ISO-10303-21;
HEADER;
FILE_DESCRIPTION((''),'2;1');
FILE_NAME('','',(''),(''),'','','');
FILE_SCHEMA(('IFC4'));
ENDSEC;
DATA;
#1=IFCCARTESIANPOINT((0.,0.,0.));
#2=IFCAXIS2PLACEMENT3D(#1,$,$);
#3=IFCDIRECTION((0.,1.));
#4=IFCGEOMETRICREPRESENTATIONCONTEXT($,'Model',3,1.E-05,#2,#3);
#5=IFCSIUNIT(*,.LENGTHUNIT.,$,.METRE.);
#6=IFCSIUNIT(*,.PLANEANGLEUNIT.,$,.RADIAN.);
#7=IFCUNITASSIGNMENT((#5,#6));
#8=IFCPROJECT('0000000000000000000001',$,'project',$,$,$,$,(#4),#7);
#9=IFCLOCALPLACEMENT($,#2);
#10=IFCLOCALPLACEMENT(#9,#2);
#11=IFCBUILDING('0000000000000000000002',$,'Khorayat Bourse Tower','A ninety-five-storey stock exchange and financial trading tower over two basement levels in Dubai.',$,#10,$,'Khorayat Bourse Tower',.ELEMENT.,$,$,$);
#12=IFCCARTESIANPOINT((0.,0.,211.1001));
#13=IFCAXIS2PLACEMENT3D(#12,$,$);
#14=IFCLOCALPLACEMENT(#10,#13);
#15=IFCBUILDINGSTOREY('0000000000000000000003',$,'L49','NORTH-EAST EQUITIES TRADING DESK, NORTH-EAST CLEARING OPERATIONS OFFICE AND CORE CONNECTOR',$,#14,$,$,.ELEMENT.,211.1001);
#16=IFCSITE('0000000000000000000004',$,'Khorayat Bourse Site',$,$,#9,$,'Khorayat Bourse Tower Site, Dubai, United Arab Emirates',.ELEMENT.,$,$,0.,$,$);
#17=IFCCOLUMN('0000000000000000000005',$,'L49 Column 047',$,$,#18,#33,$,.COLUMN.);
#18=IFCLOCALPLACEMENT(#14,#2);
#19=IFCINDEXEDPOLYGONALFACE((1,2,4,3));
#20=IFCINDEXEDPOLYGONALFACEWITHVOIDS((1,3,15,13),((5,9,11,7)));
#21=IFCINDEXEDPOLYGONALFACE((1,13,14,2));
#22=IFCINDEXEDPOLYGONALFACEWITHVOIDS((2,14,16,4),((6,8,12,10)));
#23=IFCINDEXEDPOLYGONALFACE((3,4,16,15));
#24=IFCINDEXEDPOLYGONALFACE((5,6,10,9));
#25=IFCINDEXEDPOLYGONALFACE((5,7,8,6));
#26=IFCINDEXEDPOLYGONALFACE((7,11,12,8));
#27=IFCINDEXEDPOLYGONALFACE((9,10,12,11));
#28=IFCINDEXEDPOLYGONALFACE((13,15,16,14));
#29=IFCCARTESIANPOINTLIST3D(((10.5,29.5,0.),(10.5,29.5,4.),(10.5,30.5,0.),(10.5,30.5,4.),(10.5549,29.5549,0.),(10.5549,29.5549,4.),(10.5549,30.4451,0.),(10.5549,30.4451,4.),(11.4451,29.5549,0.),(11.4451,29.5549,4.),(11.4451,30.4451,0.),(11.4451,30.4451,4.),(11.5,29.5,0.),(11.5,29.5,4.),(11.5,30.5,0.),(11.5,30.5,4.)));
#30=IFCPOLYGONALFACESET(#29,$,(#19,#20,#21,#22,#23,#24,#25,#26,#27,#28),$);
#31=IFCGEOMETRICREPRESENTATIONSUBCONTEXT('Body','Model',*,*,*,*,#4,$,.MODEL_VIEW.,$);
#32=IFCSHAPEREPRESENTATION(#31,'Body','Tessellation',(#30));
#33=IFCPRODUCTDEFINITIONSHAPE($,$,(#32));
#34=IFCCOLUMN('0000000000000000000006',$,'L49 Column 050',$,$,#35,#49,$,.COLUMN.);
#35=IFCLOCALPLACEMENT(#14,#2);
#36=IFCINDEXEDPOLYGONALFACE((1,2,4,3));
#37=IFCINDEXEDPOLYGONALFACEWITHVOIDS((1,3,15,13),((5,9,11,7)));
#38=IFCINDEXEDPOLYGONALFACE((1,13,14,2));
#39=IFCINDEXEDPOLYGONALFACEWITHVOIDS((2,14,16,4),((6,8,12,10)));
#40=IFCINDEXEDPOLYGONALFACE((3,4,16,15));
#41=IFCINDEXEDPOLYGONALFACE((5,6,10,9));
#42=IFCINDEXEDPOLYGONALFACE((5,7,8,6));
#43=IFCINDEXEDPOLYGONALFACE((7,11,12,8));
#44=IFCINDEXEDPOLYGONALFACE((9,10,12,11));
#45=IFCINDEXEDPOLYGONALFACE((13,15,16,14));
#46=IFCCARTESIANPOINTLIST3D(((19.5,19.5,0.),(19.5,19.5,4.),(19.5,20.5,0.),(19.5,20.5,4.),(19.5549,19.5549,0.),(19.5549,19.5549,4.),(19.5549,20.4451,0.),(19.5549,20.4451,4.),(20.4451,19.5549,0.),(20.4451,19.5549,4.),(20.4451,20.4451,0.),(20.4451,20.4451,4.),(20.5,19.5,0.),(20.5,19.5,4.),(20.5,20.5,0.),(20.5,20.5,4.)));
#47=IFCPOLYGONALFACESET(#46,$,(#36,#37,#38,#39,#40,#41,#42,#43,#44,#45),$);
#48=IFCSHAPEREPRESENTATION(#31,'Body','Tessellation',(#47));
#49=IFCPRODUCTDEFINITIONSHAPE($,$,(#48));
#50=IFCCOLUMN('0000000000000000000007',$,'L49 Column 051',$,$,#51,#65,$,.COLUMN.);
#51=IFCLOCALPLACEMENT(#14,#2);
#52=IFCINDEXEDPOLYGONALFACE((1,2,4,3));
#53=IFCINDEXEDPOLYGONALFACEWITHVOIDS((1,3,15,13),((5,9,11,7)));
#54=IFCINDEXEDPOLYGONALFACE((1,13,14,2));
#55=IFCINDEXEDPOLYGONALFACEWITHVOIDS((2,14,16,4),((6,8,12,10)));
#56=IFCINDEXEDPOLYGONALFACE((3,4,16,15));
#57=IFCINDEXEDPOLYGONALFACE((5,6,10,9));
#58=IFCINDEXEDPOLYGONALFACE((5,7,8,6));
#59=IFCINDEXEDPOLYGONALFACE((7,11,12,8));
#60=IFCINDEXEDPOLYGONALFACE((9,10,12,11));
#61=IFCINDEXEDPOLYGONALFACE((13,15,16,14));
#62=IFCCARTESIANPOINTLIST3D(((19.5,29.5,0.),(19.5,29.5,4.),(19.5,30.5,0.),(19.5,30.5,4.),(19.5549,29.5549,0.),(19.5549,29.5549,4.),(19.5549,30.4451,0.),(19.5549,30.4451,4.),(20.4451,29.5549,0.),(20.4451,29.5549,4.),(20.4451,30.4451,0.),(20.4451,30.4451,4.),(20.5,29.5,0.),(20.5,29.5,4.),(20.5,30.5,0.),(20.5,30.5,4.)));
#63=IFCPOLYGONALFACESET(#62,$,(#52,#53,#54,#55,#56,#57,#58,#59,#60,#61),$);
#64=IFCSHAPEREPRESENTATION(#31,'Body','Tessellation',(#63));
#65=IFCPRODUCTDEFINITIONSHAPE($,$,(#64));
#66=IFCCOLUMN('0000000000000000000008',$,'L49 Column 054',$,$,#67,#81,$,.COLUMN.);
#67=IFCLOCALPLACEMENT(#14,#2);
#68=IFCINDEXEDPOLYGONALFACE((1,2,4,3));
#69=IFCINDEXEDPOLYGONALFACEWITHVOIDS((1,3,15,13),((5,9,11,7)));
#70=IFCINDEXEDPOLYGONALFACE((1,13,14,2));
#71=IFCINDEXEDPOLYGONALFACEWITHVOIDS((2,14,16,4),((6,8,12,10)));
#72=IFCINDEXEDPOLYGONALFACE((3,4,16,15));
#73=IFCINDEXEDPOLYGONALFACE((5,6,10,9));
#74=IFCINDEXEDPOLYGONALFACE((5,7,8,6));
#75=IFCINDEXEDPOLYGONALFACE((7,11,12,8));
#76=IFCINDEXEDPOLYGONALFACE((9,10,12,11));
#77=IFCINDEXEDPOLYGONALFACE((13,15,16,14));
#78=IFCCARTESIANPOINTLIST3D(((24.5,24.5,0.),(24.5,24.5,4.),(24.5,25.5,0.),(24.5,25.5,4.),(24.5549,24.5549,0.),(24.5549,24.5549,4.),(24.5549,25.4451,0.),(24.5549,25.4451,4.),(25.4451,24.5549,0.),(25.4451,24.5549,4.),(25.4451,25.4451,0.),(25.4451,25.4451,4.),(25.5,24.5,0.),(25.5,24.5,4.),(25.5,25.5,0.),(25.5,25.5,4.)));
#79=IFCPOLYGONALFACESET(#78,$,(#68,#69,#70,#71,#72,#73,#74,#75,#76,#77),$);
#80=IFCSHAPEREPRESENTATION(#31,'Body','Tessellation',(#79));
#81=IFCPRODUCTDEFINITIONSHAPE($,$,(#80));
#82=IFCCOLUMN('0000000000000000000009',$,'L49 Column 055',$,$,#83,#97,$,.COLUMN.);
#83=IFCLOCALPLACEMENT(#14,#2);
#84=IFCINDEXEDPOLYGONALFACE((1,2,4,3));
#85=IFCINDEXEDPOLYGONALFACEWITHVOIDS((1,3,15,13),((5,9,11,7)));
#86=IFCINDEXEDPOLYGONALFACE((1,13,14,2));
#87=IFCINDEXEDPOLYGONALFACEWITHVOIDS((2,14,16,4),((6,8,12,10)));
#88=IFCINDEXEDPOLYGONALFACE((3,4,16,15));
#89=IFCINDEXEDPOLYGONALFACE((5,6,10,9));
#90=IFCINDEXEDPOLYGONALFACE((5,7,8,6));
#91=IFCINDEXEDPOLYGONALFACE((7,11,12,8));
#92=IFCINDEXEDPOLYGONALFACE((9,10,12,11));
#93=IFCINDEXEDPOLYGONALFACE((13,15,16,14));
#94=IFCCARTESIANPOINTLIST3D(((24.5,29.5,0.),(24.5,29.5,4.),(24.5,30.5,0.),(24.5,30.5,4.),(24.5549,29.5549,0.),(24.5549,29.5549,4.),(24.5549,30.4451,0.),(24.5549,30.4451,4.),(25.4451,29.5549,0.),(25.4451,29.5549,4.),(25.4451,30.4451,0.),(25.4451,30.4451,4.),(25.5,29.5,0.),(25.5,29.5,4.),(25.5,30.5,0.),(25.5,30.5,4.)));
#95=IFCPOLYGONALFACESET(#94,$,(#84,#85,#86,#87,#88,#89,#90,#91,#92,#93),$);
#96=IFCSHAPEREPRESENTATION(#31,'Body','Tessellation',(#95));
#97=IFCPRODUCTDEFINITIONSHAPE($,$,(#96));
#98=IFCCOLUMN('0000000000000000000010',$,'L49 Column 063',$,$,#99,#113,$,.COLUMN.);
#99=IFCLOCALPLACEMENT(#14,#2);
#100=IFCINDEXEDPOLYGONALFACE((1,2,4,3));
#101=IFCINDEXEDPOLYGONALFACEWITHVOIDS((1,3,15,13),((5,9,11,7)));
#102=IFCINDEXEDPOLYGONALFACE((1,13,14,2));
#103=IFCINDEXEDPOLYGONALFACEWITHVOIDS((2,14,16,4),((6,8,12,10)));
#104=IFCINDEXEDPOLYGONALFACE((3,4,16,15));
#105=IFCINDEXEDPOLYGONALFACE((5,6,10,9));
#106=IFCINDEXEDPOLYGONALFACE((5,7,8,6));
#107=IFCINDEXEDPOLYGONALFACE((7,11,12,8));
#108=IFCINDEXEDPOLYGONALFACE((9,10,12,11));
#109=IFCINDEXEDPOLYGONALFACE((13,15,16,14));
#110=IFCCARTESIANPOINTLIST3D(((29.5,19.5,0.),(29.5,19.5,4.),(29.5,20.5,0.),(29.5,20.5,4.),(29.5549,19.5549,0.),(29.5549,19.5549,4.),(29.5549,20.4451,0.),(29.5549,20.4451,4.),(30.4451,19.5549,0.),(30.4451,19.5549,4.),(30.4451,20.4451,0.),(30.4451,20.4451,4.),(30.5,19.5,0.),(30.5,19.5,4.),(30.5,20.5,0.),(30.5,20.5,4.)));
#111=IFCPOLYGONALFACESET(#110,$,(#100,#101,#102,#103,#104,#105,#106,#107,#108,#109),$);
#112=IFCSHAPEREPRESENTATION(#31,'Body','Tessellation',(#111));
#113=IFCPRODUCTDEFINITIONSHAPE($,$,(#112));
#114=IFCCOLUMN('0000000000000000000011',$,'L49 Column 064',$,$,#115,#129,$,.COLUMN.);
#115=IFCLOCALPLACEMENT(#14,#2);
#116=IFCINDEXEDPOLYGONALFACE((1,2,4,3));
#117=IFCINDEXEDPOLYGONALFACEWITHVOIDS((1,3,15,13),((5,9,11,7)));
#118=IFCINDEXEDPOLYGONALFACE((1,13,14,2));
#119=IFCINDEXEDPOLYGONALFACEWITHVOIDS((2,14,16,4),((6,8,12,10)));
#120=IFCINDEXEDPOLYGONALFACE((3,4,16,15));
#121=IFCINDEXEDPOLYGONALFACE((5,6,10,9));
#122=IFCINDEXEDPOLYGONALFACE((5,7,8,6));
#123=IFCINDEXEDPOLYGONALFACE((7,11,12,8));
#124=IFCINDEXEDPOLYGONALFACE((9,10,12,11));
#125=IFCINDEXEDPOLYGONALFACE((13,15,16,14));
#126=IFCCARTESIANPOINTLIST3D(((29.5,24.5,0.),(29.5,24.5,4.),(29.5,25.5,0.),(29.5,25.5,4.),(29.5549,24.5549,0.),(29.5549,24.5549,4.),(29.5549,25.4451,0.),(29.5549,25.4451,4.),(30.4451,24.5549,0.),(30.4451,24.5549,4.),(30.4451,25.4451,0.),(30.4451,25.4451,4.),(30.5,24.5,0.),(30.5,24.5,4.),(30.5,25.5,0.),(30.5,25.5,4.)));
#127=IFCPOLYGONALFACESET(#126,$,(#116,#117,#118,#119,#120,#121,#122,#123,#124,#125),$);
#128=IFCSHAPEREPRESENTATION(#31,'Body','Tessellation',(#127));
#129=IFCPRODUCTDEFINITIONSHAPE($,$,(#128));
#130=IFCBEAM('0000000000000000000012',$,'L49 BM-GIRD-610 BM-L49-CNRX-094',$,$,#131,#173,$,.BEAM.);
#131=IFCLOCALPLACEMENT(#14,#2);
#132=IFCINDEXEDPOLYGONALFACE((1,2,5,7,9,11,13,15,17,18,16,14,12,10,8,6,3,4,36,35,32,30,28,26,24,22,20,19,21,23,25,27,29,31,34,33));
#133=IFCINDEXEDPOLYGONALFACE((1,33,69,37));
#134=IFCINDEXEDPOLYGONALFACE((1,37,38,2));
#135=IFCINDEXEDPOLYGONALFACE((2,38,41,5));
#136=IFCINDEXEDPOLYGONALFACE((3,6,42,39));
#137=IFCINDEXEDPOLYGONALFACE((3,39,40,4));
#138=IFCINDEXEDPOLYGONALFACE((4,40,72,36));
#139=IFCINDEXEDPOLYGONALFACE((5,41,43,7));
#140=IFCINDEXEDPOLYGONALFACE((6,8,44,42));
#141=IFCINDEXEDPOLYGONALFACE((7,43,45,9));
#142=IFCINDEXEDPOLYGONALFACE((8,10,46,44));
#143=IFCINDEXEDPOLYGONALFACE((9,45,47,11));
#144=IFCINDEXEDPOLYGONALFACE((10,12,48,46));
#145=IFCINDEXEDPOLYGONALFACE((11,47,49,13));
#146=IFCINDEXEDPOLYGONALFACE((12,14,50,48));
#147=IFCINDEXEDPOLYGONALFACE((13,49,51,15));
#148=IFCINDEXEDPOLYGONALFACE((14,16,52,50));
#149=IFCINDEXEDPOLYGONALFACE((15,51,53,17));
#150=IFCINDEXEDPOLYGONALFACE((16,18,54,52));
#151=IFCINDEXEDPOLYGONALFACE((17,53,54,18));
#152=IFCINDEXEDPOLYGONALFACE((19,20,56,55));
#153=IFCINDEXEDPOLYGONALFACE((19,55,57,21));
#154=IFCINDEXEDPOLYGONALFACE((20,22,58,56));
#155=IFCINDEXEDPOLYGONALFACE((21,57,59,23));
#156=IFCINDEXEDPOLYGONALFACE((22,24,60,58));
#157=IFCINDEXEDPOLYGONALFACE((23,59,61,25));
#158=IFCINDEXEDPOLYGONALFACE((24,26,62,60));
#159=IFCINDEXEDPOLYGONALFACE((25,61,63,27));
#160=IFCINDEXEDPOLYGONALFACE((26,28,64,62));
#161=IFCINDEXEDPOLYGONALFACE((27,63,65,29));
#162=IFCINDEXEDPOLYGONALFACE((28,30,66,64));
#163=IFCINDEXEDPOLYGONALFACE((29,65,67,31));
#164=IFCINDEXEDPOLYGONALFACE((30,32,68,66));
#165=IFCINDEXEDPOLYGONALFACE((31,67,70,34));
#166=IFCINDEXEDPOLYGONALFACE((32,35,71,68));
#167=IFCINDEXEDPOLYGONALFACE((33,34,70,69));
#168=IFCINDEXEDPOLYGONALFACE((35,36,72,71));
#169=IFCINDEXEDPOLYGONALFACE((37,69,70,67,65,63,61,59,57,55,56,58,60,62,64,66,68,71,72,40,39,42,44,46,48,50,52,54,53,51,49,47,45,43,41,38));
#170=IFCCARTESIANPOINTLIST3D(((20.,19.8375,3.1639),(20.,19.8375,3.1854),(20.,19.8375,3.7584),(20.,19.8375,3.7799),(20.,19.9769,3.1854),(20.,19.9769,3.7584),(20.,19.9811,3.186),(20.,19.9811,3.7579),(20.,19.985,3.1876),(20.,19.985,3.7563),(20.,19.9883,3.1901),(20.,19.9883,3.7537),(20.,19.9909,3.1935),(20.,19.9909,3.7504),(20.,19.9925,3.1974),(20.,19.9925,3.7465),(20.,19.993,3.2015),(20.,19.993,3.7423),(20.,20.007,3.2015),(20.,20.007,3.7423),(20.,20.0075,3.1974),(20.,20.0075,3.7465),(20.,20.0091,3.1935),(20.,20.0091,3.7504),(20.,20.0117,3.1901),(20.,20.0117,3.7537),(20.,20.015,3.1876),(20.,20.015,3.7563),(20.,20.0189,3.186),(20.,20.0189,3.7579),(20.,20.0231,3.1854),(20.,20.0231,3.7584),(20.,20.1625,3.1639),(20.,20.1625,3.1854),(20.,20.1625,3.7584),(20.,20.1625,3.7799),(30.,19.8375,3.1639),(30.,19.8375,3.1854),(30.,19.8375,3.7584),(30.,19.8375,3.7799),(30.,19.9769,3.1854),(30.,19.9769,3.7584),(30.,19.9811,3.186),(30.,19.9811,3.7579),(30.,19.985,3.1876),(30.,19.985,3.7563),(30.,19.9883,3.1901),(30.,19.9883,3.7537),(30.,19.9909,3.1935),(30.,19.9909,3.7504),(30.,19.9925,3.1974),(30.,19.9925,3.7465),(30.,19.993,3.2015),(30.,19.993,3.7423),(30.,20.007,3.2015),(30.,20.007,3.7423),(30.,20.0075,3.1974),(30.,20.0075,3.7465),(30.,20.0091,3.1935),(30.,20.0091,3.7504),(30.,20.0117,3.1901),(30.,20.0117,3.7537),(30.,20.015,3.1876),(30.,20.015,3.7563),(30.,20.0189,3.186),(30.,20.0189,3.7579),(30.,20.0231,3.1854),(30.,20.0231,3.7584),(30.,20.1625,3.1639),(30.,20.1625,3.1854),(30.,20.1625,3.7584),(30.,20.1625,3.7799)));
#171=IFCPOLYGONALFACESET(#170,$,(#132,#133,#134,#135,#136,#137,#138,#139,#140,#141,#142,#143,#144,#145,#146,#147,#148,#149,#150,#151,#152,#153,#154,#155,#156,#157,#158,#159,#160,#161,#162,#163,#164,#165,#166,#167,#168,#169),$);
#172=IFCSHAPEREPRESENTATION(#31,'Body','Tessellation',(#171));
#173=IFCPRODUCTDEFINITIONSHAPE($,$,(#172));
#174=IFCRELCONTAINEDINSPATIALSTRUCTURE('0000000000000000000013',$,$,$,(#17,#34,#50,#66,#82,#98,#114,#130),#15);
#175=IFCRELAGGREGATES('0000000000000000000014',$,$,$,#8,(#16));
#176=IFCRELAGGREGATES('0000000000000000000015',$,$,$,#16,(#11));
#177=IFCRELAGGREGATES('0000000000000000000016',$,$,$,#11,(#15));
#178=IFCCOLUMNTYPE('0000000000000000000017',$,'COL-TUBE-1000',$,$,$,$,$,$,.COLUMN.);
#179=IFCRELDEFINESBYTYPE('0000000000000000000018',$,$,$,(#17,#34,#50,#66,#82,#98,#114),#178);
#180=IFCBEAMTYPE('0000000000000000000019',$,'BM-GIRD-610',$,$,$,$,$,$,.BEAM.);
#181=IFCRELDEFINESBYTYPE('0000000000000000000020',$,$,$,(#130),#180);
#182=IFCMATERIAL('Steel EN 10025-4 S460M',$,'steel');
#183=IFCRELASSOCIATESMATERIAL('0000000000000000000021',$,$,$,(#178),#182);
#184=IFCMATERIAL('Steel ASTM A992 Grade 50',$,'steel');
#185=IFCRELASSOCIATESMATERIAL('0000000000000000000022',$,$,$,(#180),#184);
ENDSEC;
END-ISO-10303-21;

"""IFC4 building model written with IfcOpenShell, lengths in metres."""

from ifc_helpers import new_model, si_unit, direction, frame, origin, origin_2d, place, context, subcontext, project, spatial, hollow_rectangle, i_section, extrude, source, transform, mapped, material, material_profile, profile_set, type_object, element, save


model = new_model("IFC4")

# Units and contexts
model_context = context("Model", 3, precision=1e-05, world=origin(), true_north=direction((0.0, 1.0)))
body_context = subcontext(model_context, "Body", "Model", "MODEL_VIEW")
ifc_project = project(units=[si_unit("LENGTHUNIT", "METRE"), si_unit("PLANEANGLEUNIT", "RADIAN")], contexts=[model_context])

# Site, building, storey
site_placement = place(None, origin())
site = spatial("IfcSite", under=ifc_project, at=site_placement, Name="Khorayat Bourse Site", LongName="Khorayat Bourse Tower Site, Dubai, United Arab Emirates", CompositionType="ELEMENT", RefElevation=0.0)
building_placement = place(site_placement, origin())
building = spatial("IfcBuilding", under=site, at=building_placement, Name="Khorayat Bourse Tower", Description="A ninety-five-storey stock exchange and financial trading tower over two basement levels in Dubai.", LongName="Khorayat Bourse Tower", CompositionType="ELEMENT")
storey_placement = place(building_placement, frame((0.0, 0.0, 211.1001)))
storey = spatial("IfcBuildingStorey", under=building, at=storey_placement, Name="L49", Description="NORTH-EAST EQUITIES TRADING DESK, NORTH-EAST CLEARING OPERATIONS OFFICE AND CORE CONNECTOR", CompositionType="ELEMENT", Elevation=211.1001)

# Columns
ifc_material_1 = material(Name="Steel EN 10025-4 S460M", Category="steel")
ifc_material_profile_1 = material_profile(ifc_material_1, hollow_rectangle(XDim=1.0, YDim=1.0, WallThickness=0.0549, at=origin_2d()), Name="BOX 1000x1000x55")
ifc_profile_set_1 = profile_set([ifc_material_profile_1], Name="Steel EN 10025-4 S460M")
column_type = type_object("IfcColumnType", Name="COL-TUBE-1000", PredefinedType="COLUMN", material=ifc_profile_set_1)
shared_shape_1 = source(origin(), body_context, "Body", "SweptSolid", [
    extrude(hollow_rectangle(XDim=1.0, YDim=1.0, WallThickness=0.0549, at=origin_2d()), origin(), (0.0, 0.0, 1.0), 4.0),
])
for number, where, z_axis, x_axis, name in (
    (1, (11.0, 30.0, 0.0), (0.0, 0.0, 1.0), (1.0, 0.0, 0.0), "L49 Column 047"),
    (2, (20.0, 20.0, 0.0), (0.0, 0.0, 1.0), (1.0, 0.0, 0.0), "L49 Column 050"),
    (3, (20.0, 30.0, 0.0), (0.0, 0.0, 1.0), (1.0, 0.0, 0.0), "L49 Column 051"),
    (4, (25.0, 25.0, 0.0), (0.0, 0.0, 1.0), (1.0, 0.0, 0.0), "L49 Column 054"),
    (5, (25.0, 30.0, 0.0), (0.0, 0.0, 1.0), (1.0, 0.0, 0.0), "L49 Column 055"),
    (6, (30.0, 20.0, 0.0), (0.0, 0.0, 1.0), (1.0, 0.0, 0.0), "L49 Column 063"),
    (7, (30.0, 25.0, 0.0), (0.0, 0.0, 1.0), (1.0, 0.0, 0.0), "L49 Column 064"),
):
    element("IfcColumn", number, at=place(storey_placement, frame(where, z_axis=z_axis, x_axis=x_axis)), inside=storey, type_object=column_type, Name=name, PredefinedType="COLUMN", context=body_context, shape_type="MappedRepresentation", body=[
        mapped(shared_shape_1, transform((0.0, 0.0, 0.0), scale=1.0)),
    ])

# Beam
ifc_material_2 = material(Name="Steel ASTM A992 Grade 50", Category="steel")
ifc_material_profile_2 = material_profile(ifc_material_2, i_section(OverallWidth=0.325, OverallDepth=0.616, WebThickness=0.0139, FlangeThickness=0.0215, FilletRadius=0.0161, at=origin_2d()), Name="W610X174")
ifc_profile_set_2 = profile_set([ifc_material_profile_2], Name="Steel ASTM A992 Grade 50")
beam_type_1 = type_object("IfcBeamType", Name="BM-GIRD-610", PredefinedType="BEAM", material=ifc_profile_set_2)
shared_shape_2 = source(origin(), body_context, "Body", "SweptSolid", [
    extrude(i_section(OverallWidth=0.325, OverallDepth=0.616, WebThickness=0.0139, FlangeThickness=0.0215, FilletRadius=0.0161, at=origin_2d()), origin(), (0.0, 0.0, 1.0), 10.0),
])
beam_1_placement = place(storey_placement, frame((20.0, 20.0, 3.4719), z_axis=(1.0, 0.0, 0.0), x_axis=(0.0, 1.0, 0.0)))
element("IfcBeam", 8, at=beam_1_placement, inside=storey, type_object=beam_type_1, Name="L49 BM-GIRD-610 BM-L49-CNRX-094", PredefinedType="BEAM", context=body_context, shape_type="MappedRepresentation", body=[
    mapped(shared_shape_2, transform((0.0, 0.0, 0.0), scale=1.0)),
])

save(model, "model.ifc")
